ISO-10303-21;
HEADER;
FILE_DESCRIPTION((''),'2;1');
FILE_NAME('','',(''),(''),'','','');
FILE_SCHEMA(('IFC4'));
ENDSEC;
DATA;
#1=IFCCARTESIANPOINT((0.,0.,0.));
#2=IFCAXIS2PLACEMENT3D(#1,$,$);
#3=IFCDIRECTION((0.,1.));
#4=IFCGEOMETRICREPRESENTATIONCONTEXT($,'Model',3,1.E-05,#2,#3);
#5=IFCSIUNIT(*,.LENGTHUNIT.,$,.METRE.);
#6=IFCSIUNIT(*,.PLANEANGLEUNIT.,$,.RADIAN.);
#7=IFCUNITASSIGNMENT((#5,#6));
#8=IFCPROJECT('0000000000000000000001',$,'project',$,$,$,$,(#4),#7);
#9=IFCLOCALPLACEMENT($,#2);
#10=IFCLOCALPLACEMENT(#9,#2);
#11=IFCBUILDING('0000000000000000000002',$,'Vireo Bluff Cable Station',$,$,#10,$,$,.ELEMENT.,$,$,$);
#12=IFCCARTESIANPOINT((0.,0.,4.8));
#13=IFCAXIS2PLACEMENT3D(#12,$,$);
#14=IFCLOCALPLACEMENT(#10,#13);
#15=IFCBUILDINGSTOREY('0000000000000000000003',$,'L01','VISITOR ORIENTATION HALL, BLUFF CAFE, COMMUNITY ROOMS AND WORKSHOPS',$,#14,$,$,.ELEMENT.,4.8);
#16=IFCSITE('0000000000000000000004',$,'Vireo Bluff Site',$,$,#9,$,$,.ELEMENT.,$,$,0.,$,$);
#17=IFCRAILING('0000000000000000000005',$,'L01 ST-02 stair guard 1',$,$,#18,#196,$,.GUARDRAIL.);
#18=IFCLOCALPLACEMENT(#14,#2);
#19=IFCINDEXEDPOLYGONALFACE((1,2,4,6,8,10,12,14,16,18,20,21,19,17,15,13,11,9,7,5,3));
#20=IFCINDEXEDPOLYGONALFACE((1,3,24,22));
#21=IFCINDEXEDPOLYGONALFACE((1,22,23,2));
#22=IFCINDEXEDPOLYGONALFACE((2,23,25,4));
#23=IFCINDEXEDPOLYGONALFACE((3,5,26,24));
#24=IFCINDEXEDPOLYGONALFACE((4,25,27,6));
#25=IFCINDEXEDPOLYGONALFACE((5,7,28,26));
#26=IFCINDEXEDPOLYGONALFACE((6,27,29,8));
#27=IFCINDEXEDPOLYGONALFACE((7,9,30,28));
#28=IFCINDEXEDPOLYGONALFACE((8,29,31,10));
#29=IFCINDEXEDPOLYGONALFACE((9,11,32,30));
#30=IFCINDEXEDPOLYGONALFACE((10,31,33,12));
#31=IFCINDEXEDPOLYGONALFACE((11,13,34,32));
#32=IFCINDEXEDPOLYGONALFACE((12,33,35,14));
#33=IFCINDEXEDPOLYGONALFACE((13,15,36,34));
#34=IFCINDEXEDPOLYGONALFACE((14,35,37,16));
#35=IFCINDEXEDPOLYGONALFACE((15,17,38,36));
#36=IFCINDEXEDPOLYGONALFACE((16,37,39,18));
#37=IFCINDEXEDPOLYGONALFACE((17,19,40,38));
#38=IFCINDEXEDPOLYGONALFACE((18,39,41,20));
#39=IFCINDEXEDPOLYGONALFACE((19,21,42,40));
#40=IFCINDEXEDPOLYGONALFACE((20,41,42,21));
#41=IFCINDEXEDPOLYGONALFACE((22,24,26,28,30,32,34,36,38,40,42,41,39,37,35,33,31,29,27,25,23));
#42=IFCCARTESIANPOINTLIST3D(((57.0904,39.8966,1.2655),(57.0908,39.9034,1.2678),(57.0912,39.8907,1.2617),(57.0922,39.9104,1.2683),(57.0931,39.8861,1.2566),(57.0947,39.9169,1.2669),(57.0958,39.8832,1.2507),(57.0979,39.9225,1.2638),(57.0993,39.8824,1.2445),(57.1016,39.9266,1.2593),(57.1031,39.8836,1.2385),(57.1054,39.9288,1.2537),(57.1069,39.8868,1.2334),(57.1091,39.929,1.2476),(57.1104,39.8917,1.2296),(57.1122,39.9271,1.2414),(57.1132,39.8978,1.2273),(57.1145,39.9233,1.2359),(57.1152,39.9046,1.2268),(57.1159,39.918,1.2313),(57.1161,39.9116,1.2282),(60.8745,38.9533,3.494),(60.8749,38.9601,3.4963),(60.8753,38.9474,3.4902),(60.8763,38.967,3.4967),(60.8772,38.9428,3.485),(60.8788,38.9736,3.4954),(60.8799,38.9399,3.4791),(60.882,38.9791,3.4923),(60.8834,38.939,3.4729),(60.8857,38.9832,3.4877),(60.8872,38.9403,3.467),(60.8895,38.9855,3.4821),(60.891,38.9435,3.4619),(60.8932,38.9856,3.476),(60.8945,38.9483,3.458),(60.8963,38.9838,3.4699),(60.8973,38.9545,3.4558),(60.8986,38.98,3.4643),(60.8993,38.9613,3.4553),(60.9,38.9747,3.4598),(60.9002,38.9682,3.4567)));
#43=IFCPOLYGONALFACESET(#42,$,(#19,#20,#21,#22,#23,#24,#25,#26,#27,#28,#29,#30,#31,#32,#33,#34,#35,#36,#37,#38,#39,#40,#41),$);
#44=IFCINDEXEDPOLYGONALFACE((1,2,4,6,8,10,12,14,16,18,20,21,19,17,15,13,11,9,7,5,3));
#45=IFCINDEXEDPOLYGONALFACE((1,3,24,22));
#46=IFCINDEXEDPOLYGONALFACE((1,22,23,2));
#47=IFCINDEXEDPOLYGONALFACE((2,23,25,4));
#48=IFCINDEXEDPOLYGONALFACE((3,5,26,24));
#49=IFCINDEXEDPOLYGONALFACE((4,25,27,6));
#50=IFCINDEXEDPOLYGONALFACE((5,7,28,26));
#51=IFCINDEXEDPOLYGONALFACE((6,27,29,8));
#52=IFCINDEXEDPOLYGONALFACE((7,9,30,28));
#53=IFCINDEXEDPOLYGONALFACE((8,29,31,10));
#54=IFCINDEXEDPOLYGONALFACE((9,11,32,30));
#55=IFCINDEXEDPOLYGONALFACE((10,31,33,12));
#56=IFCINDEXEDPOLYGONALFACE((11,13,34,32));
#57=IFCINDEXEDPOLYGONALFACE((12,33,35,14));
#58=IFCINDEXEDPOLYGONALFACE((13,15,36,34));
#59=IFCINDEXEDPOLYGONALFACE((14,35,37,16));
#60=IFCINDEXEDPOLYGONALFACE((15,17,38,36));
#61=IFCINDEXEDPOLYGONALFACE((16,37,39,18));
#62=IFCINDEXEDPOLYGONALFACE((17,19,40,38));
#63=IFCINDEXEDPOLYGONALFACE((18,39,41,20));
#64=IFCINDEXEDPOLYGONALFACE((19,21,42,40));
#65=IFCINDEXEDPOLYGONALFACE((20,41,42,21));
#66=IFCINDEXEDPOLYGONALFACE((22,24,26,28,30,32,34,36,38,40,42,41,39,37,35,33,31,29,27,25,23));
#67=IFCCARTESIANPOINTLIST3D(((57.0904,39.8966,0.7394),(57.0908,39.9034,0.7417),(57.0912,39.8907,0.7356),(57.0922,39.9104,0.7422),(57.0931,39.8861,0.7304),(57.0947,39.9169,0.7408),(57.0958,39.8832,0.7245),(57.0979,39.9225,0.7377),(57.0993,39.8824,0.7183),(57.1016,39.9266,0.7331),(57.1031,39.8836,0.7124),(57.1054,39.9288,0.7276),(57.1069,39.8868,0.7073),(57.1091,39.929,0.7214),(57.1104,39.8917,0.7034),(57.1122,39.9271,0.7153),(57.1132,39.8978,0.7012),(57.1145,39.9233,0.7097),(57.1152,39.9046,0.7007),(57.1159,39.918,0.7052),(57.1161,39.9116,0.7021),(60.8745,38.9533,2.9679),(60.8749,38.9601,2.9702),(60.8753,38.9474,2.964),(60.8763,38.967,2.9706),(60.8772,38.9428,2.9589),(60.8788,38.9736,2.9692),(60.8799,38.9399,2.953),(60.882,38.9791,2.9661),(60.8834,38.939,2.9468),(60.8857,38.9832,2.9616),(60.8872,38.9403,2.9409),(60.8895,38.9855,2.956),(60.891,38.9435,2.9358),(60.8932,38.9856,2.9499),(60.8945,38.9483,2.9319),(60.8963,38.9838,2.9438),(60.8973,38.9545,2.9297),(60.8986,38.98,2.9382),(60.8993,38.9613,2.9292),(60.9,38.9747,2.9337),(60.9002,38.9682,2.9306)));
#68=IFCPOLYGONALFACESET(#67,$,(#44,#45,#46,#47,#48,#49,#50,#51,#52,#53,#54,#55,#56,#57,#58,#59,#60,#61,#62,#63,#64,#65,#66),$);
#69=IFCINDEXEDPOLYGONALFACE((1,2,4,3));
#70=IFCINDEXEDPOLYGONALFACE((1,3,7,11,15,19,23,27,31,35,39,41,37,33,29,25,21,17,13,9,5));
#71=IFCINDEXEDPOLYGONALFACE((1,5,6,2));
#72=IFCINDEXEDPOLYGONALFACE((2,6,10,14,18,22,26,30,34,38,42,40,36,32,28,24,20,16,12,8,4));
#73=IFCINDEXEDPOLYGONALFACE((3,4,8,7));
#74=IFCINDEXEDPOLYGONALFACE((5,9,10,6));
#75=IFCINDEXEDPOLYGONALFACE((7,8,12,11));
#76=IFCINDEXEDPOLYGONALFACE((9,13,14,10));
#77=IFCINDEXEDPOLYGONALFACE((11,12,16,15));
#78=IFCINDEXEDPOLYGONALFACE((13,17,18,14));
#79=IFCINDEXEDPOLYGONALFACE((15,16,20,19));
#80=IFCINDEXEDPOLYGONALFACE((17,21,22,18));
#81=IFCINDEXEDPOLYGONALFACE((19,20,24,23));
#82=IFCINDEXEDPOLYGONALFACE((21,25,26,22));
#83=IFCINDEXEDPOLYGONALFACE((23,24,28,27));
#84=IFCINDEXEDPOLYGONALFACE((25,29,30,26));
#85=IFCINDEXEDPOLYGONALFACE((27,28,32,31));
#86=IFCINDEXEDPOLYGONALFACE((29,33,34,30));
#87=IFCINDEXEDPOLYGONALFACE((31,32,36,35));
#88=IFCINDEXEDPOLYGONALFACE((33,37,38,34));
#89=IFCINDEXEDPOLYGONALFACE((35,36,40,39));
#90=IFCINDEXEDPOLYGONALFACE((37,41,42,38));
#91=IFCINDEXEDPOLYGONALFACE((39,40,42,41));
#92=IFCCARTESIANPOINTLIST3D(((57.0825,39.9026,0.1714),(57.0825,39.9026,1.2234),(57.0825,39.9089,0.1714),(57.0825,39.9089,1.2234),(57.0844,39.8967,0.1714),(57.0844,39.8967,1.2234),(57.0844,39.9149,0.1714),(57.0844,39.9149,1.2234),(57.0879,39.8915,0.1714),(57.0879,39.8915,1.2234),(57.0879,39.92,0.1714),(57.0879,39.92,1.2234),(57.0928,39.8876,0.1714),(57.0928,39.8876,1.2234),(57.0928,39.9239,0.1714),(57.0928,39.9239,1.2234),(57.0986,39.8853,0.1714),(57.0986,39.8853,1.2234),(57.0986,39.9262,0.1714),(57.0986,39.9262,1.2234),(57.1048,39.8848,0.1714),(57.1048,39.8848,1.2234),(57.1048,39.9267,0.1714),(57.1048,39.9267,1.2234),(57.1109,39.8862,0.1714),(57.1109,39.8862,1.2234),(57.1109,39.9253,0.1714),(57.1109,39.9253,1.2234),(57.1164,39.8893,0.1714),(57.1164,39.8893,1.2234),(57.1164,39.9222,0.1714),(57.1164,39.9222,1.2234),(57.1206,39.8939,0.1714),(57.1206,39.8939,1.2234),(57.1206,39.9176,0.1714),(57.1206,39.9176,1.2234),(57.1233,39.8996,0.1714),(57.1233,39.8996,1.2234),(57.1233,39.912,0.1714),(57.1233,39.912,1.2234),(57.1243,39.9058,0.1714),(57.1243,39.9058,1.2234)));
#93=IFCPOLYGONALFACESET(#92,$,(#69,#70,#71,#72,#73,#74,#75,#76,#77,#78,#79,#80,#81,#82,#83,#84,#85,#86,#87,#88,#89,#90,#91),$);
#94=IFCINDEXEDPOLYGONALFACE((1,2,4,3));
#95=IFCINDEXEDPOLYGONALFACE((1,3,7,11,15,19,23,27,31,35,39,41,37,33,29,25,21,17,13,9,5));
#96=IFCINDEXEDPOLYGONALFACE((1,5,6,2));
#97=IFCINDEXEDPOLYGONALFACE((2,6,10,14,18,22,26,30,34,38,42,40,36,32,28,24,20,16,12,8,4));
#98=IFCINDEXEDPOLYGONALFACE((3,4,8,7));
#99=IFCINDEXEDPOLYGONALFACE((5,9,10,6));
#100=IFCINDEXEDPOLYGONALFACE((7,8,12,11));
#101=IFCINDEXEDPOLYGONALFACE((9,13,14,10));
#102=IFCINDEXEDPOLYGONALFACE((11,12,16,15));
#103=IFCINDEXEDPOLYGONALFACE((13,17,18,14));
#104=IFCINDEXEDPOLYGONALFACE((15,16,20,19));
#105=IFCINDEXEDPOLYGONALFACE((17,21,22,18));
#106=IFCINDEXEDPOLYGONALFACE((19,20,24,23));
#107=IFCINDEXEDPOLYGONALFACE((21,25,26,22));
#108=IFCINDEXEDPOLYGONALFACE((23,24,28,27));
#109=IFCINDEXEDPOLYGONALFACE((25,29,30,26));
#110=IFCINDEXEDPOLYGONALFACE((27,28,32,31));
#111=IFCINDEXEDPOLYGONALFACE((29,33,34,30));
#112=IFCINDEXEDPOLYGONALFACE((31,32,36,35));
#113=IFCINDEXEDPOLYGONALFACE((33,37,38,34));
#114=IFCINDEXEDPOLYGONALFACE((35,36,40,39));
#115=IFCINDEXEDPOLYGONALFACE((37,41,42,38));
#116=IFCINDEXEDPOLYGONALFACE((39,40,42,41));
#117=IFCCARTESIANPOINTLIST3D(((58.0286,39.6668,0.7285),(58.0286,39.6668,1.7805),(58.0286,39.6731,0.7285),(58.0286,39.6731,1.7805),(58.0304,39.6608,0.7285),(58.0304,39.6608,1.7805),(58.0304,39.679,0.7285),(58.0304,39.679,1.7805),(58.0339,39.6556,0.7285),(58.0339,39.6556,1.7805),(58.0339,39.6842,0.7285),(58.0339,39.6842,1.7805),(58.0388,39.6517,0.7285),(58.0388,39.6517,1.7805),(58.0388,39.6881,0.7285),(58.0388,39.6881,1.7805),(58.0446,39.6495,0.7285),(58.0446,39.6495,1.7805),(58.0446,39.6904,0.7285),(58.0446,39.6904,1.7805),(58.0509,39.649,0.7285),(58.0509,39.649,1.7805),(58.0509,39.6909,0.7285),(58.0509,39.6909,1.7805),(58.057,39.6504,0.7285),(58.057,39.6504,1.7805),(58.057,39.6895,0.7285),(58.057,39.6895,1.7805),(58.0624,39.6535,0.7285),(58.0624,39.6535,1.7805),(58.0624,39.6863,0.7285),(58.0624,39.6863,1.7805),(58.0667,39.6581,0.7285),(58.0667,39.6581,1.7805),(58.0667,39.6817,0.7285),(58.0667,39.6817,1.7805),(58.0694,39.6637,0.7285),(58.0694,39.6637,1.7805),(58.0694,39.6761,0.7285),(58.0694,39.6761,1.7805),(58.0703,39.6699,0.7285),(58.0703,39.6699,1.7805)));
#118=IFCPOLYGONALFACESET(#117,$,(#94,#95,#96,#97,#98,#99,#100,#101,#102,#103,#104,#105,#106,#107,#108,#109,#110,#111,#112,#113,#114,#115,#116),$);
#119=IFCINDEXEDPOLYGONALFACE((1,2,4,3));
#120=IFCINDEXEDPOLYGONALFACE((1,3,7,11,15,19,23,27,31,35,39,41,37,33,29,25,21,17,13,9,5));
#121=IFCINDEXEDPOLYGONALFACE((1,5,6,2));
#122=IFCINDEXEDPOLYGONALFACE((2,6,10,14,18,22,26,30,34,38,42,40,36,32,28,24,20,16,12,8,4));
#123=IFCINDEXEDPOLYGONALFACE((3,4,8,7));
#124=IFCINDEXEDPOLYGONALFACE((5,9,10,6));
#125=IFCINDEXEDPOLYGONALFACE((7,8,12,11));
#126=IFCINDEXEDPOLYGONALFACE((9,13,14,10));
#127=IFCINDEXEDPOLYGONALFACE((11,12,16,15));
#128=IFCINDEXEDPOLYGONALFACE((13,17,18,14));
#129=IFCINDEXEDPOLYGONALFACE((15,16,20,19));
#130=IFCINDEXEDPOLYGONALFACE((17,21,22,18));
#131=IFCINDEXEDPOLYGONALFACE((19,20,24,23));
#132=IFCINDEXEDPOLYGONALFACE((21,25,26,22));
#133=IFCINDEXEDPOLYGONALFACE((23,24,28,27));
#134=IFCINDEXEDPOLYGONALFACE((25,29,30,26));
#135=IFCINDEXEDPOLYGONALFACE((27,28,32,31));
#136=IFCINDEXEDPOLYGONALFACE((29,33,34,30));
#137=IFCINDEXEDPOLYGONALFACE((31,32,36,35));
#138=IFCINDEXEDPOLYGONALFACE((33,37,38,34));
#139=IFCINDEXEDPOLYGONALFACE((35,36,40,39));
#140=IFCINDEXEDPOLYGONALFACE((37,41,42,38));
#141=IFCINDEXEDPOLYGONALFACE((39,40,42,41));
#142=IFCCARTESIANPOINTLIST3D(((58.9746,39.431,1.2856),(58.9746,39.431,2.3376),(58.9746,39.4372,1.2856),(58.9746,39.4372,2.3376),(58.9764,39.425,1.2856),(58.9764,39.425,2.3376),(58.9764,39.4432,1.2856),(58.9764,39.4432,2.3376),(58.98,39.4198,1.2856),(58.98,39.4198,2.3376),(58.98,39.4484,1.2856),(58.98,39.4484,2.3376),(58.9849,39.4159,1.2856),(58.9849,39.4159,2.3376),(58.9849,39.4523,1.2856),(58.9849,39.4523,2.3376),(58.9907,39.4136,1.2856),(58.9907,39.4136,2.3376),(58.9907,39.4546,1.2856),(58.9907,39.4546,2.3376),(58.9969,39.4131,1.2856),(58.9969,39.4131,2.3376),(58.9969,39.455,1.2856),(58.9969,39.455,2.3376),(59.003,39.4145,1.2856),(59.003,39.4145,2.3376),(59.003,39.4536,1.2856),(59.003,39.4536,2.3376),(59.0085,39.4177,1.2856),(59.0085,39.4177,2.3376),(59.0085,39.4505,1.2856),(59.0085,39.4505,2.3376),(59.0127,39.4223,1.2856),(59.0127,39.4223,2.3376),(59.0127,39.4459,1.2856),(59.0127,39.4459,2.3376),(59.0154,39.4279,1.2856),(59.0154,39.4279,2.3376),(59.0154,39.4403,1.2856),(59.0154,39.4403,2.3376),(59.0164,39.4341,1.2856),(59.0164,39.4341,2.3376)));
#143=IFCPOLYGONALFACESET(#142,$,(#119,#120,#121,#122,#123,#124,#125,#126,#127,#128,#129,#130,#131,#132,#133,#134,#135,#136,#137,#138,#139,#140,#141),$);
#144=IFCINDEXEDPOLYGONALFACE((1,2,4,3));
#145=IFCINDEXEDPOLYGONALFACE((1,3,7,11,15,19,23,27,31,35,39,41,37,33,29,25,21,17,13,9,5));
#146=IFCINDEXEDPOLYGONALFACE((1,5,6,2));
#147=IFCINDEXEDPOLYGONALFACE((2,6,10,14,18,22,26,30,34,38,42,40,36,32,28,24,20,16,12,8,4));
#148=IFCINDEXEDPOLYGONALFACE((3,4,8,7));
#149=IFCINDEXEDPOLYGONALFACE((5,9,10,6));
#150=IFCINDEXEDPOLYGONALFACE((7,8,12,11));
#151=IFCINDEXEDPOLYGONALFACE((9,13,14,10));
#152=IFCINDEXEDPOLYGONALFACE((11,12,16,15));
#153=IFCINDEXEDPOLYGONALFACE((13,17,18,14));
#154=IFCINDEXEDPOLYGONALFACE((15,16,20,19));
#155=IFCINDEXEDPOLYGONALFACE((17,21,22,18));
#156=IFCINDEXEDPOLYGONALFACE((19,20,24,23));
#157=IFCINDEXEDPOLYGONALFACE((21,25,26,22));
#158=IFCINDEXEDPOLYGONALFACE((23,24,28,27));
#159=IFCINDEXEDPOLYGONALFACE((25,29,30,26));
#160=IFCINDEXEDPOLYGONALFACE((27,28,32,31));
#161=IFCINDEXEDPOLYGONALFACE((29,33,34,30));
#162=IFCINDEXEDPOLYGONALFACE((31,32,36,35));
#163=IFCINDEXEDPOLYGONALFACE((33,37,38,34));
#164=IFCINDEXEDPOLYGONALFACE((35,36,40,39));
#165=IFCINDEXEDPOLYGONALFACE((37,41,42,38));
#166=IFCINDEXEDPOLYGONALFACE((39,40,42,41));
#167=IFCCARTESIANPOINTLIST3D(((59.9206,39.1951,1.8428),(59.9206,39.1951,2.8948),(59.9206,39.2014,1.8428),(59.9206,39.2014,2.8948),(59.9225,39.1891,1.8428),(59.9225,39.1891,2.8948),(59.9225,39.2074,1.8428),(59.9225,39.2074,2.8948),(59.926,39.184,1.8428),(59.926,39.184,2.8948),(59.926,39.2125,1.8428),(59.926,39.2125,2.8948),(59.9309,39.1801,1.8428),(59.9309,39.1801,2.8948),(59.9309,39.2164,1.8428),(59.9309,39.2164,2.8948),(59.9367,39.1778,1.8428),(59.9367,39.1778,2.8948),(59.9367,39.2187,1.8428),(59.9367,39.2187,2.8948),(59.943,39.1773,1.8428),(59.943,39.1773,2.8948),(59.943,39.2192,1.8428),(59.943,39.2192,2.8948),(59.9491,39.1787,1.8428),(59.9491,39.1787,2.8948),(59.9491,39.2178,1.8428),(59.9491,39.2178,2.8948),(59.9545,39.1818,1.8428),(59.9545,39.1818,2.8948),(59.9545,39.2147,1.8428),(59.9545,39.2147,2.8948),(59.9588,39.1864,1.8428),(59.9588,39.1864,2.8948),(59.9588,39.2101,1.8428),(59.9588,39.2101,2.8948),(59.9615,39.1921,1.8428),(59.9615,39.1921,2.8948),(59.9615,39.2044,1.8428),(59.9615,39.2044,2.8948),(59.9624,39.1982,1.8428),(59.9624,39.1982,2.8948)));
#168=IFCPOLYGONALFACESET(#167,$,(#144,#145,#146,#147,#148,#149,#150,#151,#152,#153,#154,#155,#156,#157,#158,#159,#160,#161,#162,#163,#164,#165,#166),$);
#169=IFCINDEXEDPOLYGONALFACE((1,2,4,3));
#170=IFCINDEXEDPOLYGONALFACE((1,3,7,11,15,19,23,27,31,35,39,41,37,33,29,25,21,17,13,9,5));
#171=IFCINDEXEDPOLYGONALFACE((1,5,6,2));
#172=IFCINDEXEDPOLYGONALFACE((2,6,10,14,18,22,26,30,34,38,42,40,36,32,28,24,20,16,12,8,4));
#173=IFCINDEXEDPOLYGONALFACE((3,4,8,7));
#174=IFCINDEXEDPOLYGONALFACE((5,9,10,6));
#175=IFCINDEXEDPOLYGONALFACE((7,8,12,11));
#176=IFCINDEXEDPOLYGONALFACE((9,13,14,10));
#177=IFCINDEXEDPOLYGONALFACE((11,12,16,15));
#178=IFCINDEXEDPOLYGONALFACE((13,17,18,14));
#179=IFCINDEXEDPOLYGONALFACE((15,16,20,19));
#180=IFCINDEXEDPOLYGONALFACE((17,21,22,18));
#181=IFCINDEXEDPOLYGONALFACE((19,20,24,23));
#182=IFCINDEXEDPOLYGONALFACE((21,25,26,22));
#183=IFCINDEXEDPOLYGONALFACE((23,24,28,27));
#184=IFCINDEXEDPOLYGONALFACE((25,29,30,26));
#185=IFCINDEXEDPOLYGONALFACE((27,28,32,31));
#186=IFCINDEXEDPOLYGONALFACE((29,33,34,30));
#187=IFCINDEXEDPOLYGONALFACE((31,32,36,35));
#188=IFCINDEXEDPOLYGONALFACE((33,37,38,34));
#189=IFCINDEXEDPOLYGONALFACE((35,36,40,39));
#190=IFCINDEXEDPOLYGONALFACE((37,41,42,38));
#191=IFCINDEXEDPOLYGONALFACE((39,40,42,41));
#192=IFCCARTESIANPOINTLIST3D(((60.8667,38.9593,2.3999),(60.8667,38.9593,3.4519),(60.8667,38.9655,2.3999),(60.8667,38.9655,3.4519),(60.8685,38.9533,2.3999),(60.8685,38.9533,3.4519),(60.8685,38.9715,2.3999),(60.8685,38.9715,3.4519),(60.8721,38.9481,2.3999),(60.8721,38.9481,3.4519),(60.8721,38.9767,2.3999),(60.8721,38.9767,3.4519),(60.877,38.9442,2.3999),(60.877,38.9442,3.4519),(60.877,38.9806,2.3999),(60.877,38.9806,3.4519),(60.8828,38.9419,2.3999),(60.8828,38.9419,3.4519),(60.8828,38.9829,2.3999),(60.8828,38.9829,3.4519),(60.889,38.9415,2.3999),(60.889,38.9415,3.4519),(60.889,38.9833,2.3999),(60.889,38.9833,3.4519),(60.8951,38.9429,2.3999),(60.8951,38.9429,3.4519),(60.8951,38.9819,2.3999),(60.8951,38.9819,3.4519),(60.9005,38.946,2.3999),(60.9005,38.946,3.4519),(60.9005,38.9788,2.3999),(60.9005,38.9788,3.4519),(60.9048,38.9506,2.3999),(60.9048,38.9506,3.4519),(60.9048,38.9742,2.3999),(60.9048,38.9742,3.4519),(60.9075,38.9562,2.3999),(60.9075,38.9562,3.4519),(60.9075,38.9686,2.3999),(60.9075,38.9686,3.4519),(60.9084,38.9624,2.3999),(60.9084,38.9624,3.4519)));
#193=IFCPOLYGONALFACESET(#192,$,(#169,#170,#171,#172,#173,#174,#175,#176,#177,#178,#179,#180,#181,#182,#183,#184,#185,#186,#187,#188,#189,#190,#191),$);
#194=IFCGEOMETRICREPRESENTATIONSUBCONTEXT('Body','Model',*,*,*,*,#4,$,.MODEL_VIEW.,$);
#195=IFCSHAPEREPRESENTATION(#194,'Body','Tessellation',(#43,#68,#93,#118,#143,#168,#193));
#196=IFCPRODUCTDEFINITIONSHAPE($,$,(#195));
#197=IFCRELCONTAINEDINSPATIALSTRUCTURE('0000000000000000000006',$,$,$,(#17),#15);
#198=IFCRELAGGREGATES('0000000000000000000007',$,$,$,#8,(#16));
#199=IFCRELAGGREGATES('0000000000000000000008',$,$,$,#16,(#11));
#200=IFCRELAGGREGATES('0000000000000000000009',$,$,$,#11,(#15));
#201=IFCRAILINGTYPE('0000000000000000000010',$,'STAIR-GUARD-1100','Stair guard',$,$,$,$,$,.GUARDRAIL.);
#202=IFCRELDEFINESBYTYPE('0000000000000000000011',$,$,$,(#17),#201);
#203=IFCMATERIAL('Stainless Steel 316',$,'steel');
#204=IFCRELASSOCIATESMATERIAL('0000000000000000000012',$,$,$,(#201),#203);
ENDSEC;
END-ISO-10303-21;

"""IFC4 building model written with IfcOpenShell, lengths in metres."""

from ifc_helpers import new_model, si_unit, direction, frame, origin, origin_2d, place, context, subcontext, project, spatial, circle, extrude, material, type_object, element, save


model = new_model("IFC4")

# Units and contexts
model_context = context("Model", 3, precision=1e-05, world=origin(), true_north=direction((0.0, 1.0)))
body_context = subcontext(model_context, "Body", "Model", "MODEL_VIEW")
ifc_project = project(units=[si_unit("LENGTHUNIT", "METRE"), si_unit("PLANEANGLEUNIT", "RADIAN")], contexts=[model_context])

# Site, building, storey
site_placement = place(None, origin())
site = spatial("IfcSite", under=ifc_project, at=site_placement, Name="Vireo Bluff Site", CompositionType="ELEMENT", RefElevation=0.0)
building_placement = place(site_placement, origin())
building = spatial("IfcBuilding", under=site, at=building_placement, Name="Vireo Bluff Cable Station", CompositionType="ELEMENT")
storey_placement = place(building_placement, frame((0.0, 0.0, 4.8)))
storey = spatial("IfcBuildingStorey", under=building, at=storey_placement, Name="L01", Description="VISITOR ORIENTATION HALL, BLUFF CAFE, COMMUNITY ROOMS AND WORKSHOPS", CompositionType="ELEMENT", Elevation=4.8)

# Railing
ifc_material_1 = material(Name="Stainless Steel 316", Category="steel")
railing_type_1 = type_object("IfcRailingType", Name="STAIR-GUARD-1100", Description="Stair guard", PredefinedType="GUARDRAIL", material=ifc_material_1)
railing_1_placement = place(storey_placement, frame((57.1033, 39.9058, 0.1714)))
element("IfcRailing", 1, at=railing_1_placement, inside=storey, type_object=railing_type_1, Name="L01 ST-02 stair guard 1", PredefinedType="GUARDRAIL", context=body_context, shape_type="SweptSolid", body=[
    extrude(circle(Radius=0.0239, at=origin_2d()), frame((0.0, 0.0, 1.0762), z_axis=(0.842465, -0.210018, 0.49613), x_axis=(0.241887, 0.970304, 0.0)), (0.0, 0.0, 1.0), 4.4917),
    extrude(circle(Radius=0.0239, at=origin_2d()), frame((0.0, 0.0, 0.55), z_axis=(0.842465, -0.210018, 0.49613), x_axis=(0.241887, 0.970304, 0.0)), (0.0, 0.0, 1.0), 4.4917),
    extrude(circle(Radius=0.021, at=origin_2d()), origin(), (0.0, 0.0, 1.0), 1.052),
    extrude(circle(Radius=0.021, at=origin_2d()), frame((0.946, -0.2358, 0.5571)), (0.0, 0.0, 1.0), 1.052),
    extrude(circle(Radius=0.021, at=origin_2d()), frame((1.8921, -0.4717, 1.1143)), (0.0, 0.0, 1.0), 1.052),
    extrude(circle(Radius=0.021, at=origin_2d()), frame((2.8381, -0.7075, 1.6714)), (0.0, 0.0, 1.0), 1.052),
    extrude(circle(Radius=0.021, at=origin_2d()), frame((3.7842, -0.9434, 2.2285)), (0.0, 0.0, 1.0), 1.052),
])

save(model, "model.ifc")
